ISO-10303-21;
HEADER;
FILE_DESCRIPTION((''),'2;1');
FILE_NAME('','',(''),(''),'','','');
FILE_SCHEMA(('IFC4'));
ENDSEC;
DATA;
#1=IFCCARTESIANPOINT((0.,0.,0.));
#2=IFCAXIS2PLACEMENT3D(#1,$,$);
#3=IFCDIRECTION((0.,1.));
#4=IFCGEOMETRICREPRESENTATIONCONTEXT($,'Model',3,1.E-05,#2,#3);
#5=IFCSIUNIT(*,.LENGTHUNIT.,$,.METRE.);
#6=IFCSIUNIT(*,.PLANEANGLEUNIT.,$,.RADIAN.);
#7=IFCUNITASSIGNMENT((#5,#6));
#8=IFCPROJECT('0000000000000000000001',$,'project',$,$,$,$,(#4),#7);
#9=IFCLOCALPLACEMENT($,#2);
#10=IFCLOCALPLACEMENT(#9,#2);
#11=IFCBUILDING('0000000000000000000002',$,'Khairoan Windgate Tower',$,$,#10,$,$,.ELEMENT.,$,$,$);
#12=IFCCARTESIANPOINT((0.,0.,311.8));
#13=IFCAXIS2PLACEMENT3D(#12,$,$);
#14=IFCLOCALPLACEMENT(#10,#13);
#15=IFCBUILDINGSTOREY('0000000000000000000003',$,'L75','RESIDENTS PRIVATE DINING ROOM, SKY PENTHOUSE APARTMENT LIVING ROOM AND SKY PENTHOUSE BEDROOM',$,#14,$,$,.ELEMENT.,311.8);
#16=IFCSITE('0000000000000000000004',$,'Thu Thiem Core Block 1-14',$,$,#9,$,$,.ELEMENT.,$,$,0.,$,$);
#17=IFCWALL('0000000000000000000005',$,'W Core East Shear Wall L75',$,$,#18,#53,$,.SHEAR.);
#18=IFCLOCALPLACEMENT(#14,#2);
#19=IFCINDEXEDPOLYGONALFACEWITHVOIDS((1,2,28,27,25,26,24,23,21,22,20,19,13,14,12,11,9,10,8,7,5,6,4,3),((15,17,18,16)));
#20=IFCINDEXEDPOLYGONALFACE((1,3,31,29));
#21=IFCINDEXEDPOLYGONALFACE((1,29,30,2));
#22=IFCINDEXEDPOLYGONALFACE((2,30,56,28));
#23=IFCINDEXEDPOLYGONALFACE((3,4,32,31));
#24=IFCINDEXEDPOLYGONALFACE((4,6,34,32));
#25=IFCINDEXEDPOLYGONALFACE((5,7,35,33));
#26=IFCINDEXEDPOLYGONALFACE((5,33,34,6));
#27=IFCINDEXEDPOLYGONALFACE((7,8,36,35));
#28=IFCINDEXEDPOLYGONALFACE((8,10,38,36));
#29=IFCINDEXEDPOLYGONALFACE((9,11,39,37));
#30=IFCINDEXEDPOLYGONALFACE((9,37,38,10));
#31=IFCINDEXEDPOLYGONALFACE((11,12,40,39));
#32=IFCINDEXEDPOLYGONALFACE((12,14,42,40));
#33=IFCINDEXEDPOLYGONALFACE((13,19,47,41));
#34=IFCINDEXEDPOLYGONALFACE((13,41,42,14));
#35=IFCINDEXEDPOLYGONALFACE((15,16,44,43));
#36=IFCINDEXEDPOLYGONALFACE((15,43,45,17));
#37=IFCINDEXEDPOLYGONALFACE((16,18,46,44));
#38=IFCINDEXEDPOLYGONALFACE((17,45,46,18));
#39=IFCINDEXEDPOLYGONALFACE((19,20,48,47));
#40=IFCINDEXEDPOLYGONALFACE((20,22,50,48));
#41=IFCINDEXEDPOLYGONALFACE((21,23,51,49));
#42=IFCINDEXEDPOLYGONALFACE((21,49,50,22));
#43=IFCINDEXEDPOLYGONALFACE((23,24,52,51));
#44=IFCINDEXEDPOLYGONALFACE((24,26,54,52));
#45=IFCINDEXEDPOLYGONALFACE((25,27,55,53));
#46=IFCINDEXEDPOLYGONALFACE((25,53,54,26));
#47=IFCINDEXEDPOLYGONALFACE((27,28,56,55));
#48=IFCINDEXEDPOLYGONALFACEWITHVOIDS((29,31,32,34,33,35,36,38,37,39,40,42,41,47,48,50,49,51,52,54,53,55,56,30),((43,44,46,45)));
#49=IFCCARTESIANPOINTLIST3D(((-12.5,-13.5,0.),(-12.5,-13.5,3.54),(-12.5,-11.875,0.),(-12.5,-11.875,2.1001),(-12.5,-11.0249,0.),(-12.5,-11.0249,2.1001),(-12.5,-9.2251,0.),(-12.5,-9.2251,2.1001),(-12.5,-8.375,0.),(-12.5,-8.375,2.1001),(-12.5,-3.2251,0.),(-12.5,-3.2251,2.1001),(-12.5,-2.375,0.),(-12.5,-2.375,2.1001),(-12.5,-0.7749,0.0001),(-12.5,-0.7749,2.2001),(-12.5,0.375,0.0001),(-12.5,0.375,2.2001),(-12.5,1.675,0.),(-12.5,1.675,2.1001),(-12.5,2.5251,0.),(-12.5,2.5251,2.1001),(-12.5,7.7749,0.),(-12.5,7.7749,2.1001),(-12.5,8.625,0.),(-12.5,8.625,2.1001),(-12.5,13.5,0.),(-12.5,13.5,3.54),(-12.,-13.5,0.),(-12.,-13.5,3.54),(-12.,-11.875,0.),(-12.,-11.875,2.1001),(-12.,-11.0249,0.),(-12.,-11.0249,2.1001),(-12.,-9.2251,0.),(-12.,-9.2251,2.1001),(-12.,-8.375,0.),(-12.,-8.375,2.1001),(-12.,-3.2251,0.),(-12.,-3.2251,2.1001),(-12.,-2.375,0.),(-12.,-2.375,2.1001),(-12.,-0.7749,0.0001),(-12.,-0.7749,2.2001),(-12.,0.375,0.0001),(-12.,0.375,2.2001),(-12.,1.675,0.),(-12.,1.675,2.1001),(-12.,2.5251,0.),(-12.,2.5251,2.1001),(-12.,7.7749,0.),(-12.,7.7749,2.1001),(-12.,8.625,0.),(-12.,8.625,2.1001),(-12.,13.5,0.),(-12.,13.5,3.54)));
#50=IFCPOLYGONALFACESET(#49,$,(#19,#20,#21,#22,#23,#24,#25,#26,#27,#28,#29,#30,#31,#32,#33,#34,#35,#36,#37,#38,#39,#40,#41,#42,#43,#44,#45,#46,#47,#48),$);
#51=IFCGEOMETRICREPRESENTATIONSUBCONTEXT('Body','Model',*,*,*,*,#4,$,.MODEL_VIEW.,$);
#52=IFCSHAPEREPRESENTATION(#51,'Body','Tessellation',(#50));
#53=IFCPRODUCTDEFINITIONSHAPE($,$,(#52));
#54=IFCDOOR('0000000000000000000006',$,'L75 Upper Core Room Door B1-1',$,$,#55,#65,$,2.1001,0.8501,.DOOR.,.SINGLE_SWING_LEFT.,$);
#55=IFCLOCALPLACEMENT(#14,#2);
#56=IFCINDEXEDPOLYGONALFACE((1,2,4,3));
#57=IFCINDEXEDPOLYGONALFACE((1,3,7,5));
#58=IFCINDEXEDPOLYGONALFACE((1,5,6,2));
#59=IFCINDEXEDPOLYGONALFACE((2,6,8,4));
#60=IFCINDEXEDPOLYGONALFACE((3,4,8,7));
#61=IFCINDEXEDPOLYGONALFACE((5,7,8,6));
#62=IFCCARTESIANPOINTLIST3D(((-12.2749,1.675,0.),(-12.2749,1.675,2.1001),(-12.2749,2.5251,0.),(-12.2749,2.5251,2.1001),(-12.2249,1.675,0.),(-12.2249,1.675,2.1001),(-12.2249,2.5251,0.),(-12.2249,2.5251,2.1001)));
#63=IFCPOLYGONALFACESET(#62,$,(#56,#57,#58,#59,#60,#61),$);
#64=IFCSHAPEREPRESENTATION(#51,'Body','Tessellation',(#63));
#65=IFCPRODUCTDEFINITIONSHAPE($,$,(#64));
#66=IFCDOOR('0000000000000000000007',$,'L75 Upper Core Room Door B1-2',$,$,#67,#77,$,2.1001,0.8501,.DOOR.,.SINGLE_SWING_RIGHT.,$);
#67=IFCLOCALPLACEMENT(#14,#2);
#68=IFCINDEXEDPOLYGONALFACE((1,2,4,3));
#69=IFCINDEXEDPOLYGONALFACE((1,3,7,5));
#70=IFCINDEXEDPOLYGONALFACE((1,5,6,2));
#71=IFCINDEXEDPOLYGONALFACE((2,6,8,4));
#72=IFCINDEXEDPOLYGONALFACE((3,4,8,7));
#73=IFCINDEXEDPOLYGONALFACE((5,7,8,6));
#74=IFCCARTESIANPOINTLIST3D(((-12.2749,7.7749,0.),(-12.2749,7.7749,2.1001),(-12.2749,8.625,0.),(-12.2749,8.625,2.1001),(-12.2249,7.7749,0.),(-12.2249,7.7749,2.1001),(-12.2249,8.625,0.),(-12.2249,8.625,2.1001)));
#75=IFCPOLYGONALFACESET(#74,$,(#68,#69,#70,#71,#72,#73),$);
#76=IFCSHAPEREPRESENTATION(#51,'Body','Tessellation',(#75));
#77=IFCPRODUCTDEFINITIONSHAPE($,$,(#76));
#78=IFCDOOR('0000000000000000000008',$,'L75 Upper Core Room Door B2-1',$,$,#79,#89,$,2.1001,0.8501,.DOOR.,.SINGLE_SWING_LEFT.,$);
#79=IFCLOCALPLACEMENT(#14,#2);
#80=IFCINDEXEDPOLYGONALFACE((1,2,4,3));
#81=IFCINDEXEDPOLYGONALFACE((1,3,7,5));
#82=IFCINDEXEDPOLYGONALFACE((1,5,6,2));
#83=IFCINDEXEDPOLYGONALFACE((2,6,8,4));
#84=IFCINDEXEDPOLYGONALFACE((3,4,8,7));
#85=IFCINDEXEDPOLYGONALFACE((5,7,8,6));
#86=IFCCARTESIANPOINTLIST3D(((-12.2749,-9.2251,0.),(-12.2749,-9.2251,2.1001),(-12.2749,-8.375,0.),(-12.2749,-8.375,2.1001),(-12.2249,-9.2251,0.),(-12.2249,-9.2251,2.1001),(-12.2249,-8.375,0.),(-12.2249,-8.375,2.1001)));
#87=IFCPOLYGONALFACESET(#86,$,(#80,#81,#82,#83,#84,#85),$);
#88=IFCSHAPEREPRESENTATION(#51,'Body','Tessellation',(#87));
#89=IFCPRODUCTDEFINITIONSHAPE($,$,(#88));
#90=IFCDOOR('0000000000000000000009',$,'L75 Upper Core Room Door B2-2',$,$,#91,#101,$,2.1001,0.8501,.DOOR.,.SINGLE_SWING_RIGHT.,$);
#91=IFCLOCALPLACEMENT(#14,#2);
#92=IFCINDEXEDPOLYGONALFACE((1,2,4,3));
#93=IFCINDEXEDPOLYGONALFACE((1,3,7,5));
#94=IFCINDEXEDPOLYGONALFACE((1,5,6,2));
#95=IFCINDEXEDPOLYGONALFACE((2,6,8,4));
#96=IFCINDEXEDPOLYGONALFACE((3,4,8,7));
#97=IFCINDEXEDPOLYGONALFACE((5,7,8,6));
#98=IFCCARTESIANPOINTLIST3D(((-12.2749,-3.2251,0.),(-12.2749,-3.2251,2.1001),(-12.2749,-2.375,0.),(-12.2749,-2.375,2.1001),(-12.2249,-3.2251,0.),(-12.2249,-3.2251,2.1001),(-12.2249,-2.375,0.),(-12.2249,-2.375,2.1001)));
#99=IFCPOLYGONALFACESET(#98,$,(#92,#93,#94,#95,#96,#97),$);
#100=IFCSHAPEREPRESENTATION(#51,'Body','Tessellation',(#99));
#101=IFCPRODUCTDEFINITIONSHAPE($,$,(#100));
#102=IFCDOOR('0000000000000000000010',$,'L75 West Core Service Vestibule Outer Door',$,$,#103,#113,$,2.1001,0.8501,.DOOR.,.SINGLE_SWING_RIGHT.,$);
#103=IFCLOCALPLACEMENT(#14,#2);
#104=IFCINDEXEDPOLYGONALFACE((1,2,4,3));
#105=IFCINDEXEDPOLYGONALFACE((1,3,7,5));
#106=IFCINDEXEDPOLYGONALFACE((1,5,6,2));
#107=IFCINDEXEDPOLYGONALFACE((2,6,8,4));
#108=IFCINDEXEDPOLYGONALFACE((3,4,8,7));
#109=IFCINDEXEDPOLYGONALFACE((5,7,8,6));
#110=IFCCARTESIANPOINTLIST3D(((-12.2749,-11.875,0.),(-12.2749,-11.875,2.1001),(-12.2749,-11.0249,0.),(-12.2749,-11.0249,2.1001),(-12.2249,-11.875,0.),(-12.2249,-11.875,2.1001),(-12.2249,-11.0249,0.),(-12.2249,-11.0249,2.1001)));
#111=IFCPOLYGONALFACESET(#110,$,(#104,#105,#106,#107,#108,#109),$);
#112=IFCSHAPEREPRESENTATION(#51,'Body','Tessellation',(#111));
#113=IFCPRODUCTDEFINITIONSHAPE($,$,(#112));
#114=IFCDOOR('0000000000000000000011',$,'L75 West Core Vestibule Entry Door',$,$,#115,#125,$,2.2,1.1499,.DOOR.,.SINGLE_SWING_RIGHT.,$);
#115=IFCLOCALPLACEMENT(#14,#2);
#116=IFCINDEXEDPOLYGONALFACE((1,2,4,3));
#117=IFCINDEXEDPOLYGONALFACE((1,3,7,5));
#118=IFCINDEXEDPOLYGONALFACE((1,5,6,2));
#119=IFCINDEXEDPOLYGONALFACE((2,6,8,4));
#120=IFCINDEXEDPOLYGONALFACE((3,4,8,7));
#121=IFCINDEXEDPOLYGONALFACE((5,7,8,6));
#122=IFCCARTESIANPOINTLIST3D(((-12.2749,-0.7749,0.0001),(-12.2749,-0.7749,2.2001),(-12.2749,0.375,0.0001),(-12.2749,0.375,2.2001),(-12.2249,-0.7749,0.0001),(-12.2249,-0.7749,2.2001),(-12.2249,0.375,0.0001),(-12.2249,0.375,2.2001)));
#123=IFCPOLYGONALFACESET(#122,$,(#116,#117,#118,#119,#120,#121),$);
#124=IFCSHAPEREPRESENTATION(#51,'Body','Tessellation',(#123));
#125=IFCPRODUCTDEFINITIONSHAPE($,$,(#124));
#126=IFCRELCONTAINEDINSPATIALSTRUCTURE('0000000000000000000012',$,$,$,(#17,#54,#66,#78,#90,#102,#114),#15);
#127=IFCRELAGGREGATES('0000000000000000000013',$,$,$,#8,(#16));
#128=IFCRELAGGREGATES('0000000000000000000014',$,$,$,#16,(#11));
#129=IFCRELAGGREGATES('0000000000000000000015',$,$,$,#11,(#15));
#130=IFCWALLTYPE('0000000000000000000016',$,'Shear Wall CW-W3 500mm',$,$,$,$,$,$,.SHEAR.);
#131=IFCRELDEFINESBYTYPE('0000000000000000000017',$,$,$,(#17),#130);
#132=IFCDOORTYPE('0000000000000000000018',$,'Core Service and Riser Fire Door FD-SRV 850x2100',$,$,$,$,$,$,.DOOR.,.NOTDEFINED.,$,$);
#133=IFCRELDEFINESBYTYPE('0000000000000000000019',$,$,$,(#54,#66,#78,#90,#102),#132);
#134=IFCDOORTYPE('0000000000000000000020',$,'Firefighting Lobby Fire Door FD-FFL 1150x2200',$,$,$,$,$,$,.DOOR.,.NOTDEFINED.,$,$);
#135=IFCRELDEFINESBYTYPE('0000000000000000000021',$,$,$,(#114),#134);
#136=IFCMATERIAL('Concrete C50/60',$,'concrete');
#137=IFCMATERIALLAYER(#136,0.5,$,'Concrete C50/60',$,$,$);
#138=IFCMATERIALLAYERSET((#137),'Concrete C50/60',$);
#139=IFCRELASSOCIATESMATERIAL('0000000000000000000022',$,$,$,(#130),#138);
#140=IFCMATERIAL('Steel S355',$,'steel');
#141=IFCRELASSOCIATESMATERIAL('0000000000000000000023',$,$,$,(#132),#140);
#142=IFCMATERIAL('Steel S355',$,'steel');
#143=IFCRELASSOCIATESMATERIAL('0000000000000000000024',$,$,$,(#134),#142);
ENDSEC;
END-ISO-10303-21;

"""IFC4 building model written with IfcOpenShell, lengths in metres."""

from ifc_helpers import new_model, si_unit, direction, frame, frame_2d, origin, place, context, subcontext, project, spatial, rectangle, extrude, material, layer, layer_set, type_object, element, fill, save


model = new_model("IFC4")

# Units and contexts
model_context = context("Model", 3, precision=1e-05, world=origin(), true_north=direction((0.0, 1.0)))
body_context = subcontext(model_context, "Body", "Model", "MODEL_VIEW")
ifc_project = project(units=[si_unit("LENGTHUNIT", "METRE"), si_unit("PLANEANGLEUNIT", "RADIAN")], contexts=[model_context])

# Site, building, storey
site_placement = place(None, origin())
site = spatial("IfcSite", under=ifc_project, at=site_placement, Name="Thu Thiem Core Block 1-14", CompositionType="ELEMENT", RefElevation=0.0)
building_placement = place(site_placement, origin())
building = spatial("IfcBuilding", under=site, at=building_placement, Name="Khairoan Windgate Tower", CompositionType="ELEMENT")
storey_placement = place(building_placement, frame((0.0, 0.0, 311.8)))
storey = spatial("IfcBuildingStorey", under=building, at=storey_placement, Name="L75", Description="RESIDENTS PRIVATE DINING ROOM, SKY PENTHOUSE APARTMENT LIVING ROOM AND SKY PENTHOUSE BEDROOM", CompositionType="ELEMENT", Elevation=311.8)

# Wall, openings, doors
ifc_material_1 = material(Name="Concrete C50/60", Category="concrete")
ifc_layer_1 = layer(ifc_material_1, 0.5, Name="Concrete C50/60")
ifc_layer_set_1 = layer_set([ifc_layer_1], Name="Concrete C50/60")
wall_type_1 = type_object("IfcWallType", Name="Shear Wall CW-W3 500mm", PredefinedType="SHEAR", material=ifc_layer_set_1)
wall_1_placement = place(storey_placement, frame((-12.25, -13.5, 0.0), z_axis=(0.0, 0.0, 1.0), x_axis=(0.0, 1.0, 0.0)))
wall_1 = element("IfcWall", 1, at=wall_1_placement, inside=storey, type_object=wall_type_1, Name="W Core East Shear Wall L75", PredefinedType="SHEAR", context=body_context, shape_type="SweptSolid", body=[
    extrude(rectangle(XDim=27.0, YDim=0.5, at=frame_2d((13.5, 0.0))), origin(), (0.0, 0.0, 1.0), 3.54),
])
opening_1_placement = place(wall_1_placement, frame((15.175, 0.0, 0.0)))
opening_1 = element("IfcOpeningElement", 2, at=opening_1_placement, cuts=wall_1, PredefinedType="OPENING", context=body_context, shape_type="SweptSolid", body=[
    extrude(rectangle(XDim=0.8501, YDim=2.1001, at=frame_2d((0.425, 1.05))), frame((0.0, 0.26, 0.0), z_axis=(0.0, -1.0, 0.0), x_axis=(1.0, 0.0, 0.0)), (0.0, 0.0, 1.0), 0.52),
])
opening_2_placement = place(wall_1_placement, frame((21.2749, 0.0, 0.0)))
opening_2 = element("IfcOpeningElement", 3, at=opening_2_placement, cuts=wall_1, PredefinedType="OPENING", context=body_context, shape_type="SweptSolid", body=[
    extrude(rectangle(XDim=0.8501, YDim=2.1001, at=frame_2d((0.425, 1.05))), frame((0.0, 0.26, 0.0), z_axis=(0.0, -1.0, 0.0), x_axis=(1.0, 0.0, 0.0)), (0.0, 0.0, 1.0), 0.52),
])
opening_3_placement = place(wall_1_placement, frame((4.2749, 0.0, 0.0)))
opening_3 = element("IfcOpeningElement", 4, at=opening_3_placement, cuts=wall_1, PredefinedType="OPENING", context=body_context, shape_type="SweptSolid", body=[
    extrude(rectangle(XDim=0.8501, YDim=2.1001, at=frame_2d((0.425, 1.05))), frame((0.0, 0.26, 0.0), z_axis=(0.0, -1.0, 0.0), x_axis=(1.0, 0.0, 0.0)), (0.0, 0.0, 1.0), 0.52),
])
opening_4_placement = place(wall_1_placement, frame((10.2749, 0.0, 0.0)))
opening_4 = element("IfcOpeningElement", 5, at=opening_4_placement, cuts=wall_1, PredefinedType="OPENING", context=body_context, shape_type="SweptSolid", body=[
    extrude(rectangle(XDim=0.8501, YDim=2.1001, at=frame_2d((0.425, 1.05))), frame((0.0, 0.26, 0.0), z_axis=(0.0, -1.0, 0.0), x_axis=(1.0, 0.0, 0.0)), (0.0, 0.0, 1.0), 0.52),
])
opening_5_placement = place(wall_1_placement, frame((12.7251, 0.0, 0.0)))
opening_5 = element("IfcOpeningElement", 6, at=opening_5_placement, cuts=wall_1, PredefinedType="OPENING", context=body_context, shape_type="SweptSolid", body=[
    extrude(rectangle(XDim=1.1499, YDim=2.2, at=frame_2d((0.575, 1.1001))), frame((0.0, 0.26, 0.0), z_axis=(0.0, -1.0, 0.0), x_axis=(1.0, 0.0, 0.0)), (0.0, 0.0, 1.0), 0.52),
])
opening_6_placement = place(wall_1_placement, frame((1.625, 0.0, 0.0)))
opening_6 = element("IfcOpeningElement", 7, at=opening_6_placement, cuts=wall_1, PredefinedType="OPENING", context=body_context, shape_type="SweptSolid", body=[
    extrude(rectangle(XDim=0.8501, YDim=2.1001, at=frame_2d((0.425, 1.05))), frame((0.0, 0.26, 0.0), z_axis=(0.0, -1.0, 0.0), x_axis=(1.0, 0.0, 0.0)), (0.0, 0.0, 1.0), 0.52),
])
ifc_material_2 = material(Name="Steel S355", Category="steel")
door_type_1 = type_object("IfcDoorType", Name="Core Service and Riser Fire Door FD-SRV 850x2100", OperationType="NOTDEFINED", PredefinedType="DOOR", material=ifc_material_2)
door_1_placement = place(opening_1_placement, origin())
door_1 = element("IfcDoor", 8, at=door_1_placement, inside=storey, type_object=door_type_1, Name="L75 Upper Core Room Door B1-1", OperationType="SINGLE_SWING_LEFT", OverallHeight=2.1001, OverallWidth=0.8501, PredefinedType="DOOR", context=body_context, shape_type="SweptSolid", body=[
    extrude(rectangle(XDim=0.8501, YDim=2.1001, at=frame_2d((0.425, 1.05))), frame((0.0, 0.0249, 0.0), z_axis=(0.0, -1.0, 0.0), x_axis=(1.0, 0.0, 0.0)), (0.0, 0.0, 1.0), 0.05),
])
fill(opening_1, door_1)
door_2_placement = place(opening_2_placement, origin())
door_2 = element("IfcDoor", 9, at=door_2_placement, inside=storey, type_object=door_type_1, Name="L75 Upper Core Room Door B1-2", OperationType="SINGLE_SWING_RIGHT", OverallHeight=2.1001, OverallWidth=0.8501, PredefinedType="DOOR", context=body_context, shape_type="SweptSolid", body=[
    extrude(rectangle(XDim=0.8501, YDim=2.1001, at=frame_2d((0.425, 1.05))), frame((0.0, 0.0249, 0.0), z_axis=(0.0, -1.0, 0.0), x_axis=(1.0, 0.0, 0.0)), (0.0, 0.0, 1.0), 0.05),
])
fill(opening_2, door_2)
door_3_placement = place(opening_3_placement, origin())
door_3 = element("IfcDoor", 10, at=door_3_placement, inside=storey, type_object=door_type_1, Name="L75 Upper Core Room Door B2-1", OperationType="SINGLE_SWING_LEFT", OverallHeight=2.1001, OverallWidth=0.8501, PredefinedType="DOOR", context=body_context, shape_type="SweptSolid", body=[
    extrude(rectangle(XDim=0.8501, YDim=2.1001, at=frame_2d((0.425, 1.05))), frame((0.0, 0.0249, 0.0), z_axis=(0.0, -1.0, 0.0), x_axis=(1.0, 0.0, 0.0)), (0.0, 0.0, 1.0), 0.05),
])
fill(opening_3, door_3)
door_4_placement = place(opening_4_placement, origin())
door_4 = element("IfcDoor", 11, at=door_4_placement, inside=storey, type_object=door_type_1, Name="L75 Upper Core Room Door B2-2", OperationType="SINGLE_SWING_RIGHT", OverallHeight=2.1001, OverallWidth=0.8501, PredefinedType="DOOR", context=body_context, shape_type="SweptSolid", body=[
    extrude(rectangle(XDim=0.8501, YDim=2.1001, at=frame_2d((0.425, 1.05))), frame((0.0, 0.0249, 0.0), z_axis=(0.0, -1.0, 0.0), x_axis=(1.0, 0.0, 0.0)), (0.0, 0.0, 1.0), 0.05),
])
fill(opening_4, door_4)
door_5_placement = place(opening_6_placement, origin())
door_5 = element("IfcDoor", 12, at=door_5_placement, inside=storey, type_object=door_type_1, Name="L75 West Core Service Vestibule Outer Door", OperationType="SINGLE_SWING_RIGHT", OverallHeight=2.1001, OverallWidth=0.8501, PredefinedType="DOOR", context=body_context, shape_type="SweptSolid", body=[
    extrude(rectangle(XDim=0.8501, YDim=2.1001, at=frame_2d((0.425, 1.05))), frame((0.0, 0.0249, 0.0), z_axis=(0.0, -1.0, 0.0), x_axis=(1.0, 0.0, 0.0)), (0.0, 0.0, 1.0), 0.05),
])
fill(opening_6, door_5)
ifc_material_3 = material(Name="Steel S355", Category="steel")
door_type_2 = type_object("IfcDoorType", Name="Firefighting Lobby Fire Door FD-FFL 1150x2200", OperationType="NOTDEFINED", PredefinedType="DOOR", material=ifc_material_3)
door_6_placement = place(opening_5_placement, origin())
door_6 = element("IfcDoor", 13, at=door_6_placement, inside=storey, type_object=door_type_2, Name="L75 West Core Vestibule Entry Door", OperationType="SINGLE_SWING_RIGHT", OverallHeight=2.2, OverallWidth=1.1499, PredefinedType="DOOR", context=body_context, shape_type="SweptSolid", body=[
    extrude(rectangle(XDim=1.1499, YDim=2.2, at=frame_2d((0.575, 1.1001))), frame((0.0, 0.0249, 0.0), z_axis=(0.0, -1.0, 0.0), x_axis=(1.0, 0.0, 0.0)), (0.0, 0.0, 1.0), 0.05),
])
fill(opening_5, door_6)

save(model, "model.ifc")
